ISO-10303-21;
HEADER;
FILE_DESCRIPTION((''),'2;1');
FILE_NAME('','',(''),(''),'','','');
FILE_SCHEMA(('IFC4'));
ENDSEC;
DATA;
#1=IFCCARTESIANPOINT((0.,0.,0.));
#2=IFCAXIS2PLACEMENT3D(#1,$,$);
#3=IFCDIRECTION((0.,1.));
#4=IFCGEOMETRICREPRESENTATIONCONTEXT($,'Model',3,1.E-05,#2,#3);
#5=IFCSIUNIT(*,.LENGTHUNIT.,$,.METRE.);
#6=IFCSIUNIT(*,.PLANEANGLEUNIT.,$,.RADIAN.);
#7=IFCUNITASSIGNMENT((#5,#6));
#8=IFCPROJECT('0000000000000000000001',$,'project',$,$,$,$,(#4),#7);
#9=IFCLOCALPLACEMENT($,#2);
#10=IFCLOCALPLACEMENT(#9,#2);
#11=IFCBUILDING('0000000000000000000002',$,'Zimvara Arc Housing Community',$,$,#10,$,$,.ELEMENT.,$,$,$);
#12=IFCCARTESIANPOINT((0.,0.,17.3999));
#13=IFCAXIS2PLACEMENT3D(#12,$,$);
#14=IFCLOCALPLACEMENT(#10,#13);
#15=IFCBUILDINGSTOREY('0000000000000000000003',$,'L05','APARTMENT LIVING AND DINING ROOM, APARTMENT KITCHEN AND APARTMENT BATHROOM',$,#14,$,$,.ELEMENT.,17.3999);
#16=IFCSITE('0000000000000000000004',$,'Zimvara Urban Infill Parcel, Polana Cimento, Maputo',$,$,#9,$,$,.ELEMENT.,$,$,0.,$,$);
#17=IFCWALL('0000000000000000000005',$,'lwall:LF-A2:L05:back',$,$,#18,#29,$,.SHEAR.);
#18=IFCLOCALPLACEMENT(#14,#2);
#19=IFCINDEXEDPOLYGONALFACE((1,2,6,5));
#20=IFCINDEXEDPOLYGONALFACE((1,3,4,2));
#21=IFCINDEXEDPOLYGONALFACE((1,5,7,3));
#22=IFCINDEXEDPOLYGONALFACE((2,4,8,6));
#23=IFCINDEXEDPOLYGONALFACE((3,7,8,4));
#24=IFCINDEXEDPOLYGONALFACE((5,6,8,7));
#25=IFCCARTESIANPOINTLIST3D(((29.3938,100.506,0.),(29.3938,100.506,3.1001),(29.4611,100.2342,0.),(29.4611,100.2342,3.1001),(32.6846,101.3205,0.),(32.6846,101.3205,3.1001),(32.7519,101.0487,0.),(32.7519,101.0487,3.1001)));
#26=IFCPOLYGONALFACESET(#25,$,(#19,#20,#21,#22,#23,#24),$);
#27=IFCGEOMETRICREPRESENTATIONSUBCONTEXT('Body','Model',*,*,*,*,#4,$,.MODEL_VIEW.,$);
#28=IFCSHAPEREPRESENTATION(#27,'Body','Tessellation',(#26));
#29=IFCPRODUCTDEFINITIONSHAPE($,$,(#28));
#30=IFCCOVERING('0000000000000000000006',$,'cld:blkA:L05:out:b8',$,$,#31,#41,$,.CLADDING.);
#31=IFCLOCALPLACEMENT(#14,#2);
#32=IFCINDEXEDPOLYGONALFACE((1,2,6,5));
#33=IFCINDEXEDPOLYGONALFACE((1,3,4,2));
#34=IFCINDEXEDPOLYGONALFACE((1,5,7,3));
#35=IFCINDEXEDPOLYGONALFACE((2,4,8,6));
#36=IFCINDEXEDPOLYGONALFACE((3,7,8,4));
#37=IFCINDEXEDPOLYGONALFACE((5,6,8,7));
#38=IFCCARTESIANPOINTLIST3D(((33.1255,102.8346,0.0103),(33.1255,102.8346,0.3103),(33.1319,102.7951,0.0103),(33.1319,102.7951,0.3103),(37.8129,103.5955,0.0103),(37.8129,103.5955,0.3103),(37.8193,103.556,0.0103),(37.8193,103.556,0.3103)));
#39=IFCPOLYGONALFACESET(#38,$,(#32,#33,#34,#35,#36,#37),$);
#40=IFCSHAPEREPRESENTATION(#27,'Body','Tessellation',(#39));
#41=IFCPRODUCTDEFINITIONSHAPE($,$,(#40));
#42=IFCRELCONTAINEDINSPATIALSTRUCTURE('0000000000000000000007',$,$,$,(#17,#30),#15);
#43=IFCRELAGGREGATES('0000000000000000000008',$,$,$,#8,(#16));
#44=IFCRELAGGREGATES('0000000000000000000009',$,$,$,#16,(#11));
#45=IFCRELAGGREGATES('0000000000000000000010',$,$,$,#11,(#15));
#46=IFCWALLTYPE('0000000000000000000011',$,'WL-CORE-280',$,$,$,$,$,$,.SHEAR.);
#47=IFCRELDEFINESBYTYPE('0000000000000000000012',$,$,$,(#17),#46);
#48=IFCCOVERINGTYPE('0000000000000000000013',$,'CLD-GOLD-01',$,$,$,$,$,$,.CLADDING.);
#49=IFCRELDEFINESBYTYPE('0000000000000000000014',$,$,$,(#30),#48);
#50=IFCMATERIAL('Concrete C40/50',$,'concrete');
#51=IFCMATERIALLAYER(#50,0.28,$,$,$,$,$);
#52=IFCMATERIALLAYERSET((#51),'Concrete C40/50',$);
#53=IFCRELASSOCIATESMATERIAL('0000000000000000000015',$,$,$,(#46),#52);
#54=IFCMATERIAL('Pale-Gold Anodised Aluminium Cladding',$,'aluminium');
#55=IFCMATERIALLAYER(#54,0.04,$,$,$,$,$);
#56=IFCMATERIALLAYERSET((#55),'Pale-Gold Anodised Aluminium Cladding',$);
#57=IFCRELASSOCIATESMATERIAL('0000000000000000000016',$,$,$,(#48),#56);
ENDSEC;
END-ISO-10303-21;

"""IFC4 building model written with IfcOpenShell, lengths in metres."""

from ifc_helpers import new_model, si_unit, direction, frame, frame_2d, origin, origin_2d, place, context, subcontext, project, spatial, rectangle, extrude, material, layer, layer_set, type_object, element, save


model = new_model("IFC4")

# Units and contexts
model_context = context("Model", 3, precision=1e-05, world=origin(), true_north=direction((0.0, 1.0)))
body_context = subcontext(model_context, "Body", "Model", "MODEL_VIEW")
ifc_project = project(units=[si_unit("LENGTHUNIT", "METRE"), si_unit("PLANEANGLEUNIT", "RADIAN")], contexts=[model_context])

# Site, building, storey
site_placement = place(None, origin())
site = spatial("IfcSite", under=ifc_project, at=site_placement, Name="Zimvara Urban Infill Parcel, Polana Cimento, Maputo", CompositionType="ELEMENT", RefElevation=0.0)
building_placement = place(site_placement, origin())
building = spatial("IfcBuilding", under=site, at=building_placement, Name="Zimvara Arc Housing Community", CompositionType="ELEMENT")
storey_placement = place(building_placement, frame((0.0, 0.0, 17.3999)))
storey = spatial("IfcBuildingStorey", under=building, at=storey_placement, Name="L05", Description="APARTMENT LIVING AND DINING ROOM, APARTMENT KITCHEN AND APARTMENT BATHROOM", CompositionType="ELEMENT", Elevation=17.3999)

# Wall
ifc_material_1 = material(Name="Concrete C40/50", Category="concrete")
ifc_layer_1 = layer(ifc_material_1, 0.28)
ifc_layer_set_1 = layer_set([ifc_layer_1], Name="Concrete C40/50")
wall_type_1 = type_object("IfcWallType", Name="WL-CORE-280", PredefinedType="SHEAR", material=ifc_layer_set_1)
wall_1_placement = place(storey_placement, frame((32.7183, 101.1846, 0.0), z_axis=(0.0, 0.0, 1.0), x_axis=(-0.970712, -0.240247, 0.0)))
element("IfcWall", 1, at=wall_1_placement, inside=storey, type_object=wall_type_1, Name="lwall:LF-A2:L05:back", PredefinedType="SHEAR", context=body_context, shape_type="SweptSolid", body=[
    extrude(rectangle(XDim=3.3901, YDim=0.28, at=frame_2d((1.6951, 0.0))), origin(), (0.0, 0.0, 1.0), 3.1001),
])

# Covering
ifc_material_2 = material(Name="Pale-Gold Anodised Aluminium Cladding", Category="aluminium")
ifc_layer_2 = layer(ifc_material_2, 0.04)
ifc_layer_set_2 = layer_set([ifc_layer_2], Name="Pale-Gold Anodised Aluminium Cladding")
covering_type = type_object("IfcCoveringType", Name="CLD-GOLD-01", PredefinedType="CLADDING", material=ifc_layer_set_2)
covering_placement = place(storey_placement, frame((35.4724, 103.1953, 0.0103), z_axis=(0.0, 0.0, 1.0), x_axis=(0.98708, 0.160226, 0.0)))
element("IfcCovering", 2, at=covering_placement, inside=storey, type_object=covering_type, Name="cld:blkA:L05:out:b8", PredefinedType="CLADDING", context=body_context, shape_type="SweptSolid", body=[
    extrude(rectangle(XDim=4.7488, YDim=0.04, at=origin_2d()), origin(), (0.0, 0.0, 1.0), 0.3),
])

save(model, "model.ifc")
